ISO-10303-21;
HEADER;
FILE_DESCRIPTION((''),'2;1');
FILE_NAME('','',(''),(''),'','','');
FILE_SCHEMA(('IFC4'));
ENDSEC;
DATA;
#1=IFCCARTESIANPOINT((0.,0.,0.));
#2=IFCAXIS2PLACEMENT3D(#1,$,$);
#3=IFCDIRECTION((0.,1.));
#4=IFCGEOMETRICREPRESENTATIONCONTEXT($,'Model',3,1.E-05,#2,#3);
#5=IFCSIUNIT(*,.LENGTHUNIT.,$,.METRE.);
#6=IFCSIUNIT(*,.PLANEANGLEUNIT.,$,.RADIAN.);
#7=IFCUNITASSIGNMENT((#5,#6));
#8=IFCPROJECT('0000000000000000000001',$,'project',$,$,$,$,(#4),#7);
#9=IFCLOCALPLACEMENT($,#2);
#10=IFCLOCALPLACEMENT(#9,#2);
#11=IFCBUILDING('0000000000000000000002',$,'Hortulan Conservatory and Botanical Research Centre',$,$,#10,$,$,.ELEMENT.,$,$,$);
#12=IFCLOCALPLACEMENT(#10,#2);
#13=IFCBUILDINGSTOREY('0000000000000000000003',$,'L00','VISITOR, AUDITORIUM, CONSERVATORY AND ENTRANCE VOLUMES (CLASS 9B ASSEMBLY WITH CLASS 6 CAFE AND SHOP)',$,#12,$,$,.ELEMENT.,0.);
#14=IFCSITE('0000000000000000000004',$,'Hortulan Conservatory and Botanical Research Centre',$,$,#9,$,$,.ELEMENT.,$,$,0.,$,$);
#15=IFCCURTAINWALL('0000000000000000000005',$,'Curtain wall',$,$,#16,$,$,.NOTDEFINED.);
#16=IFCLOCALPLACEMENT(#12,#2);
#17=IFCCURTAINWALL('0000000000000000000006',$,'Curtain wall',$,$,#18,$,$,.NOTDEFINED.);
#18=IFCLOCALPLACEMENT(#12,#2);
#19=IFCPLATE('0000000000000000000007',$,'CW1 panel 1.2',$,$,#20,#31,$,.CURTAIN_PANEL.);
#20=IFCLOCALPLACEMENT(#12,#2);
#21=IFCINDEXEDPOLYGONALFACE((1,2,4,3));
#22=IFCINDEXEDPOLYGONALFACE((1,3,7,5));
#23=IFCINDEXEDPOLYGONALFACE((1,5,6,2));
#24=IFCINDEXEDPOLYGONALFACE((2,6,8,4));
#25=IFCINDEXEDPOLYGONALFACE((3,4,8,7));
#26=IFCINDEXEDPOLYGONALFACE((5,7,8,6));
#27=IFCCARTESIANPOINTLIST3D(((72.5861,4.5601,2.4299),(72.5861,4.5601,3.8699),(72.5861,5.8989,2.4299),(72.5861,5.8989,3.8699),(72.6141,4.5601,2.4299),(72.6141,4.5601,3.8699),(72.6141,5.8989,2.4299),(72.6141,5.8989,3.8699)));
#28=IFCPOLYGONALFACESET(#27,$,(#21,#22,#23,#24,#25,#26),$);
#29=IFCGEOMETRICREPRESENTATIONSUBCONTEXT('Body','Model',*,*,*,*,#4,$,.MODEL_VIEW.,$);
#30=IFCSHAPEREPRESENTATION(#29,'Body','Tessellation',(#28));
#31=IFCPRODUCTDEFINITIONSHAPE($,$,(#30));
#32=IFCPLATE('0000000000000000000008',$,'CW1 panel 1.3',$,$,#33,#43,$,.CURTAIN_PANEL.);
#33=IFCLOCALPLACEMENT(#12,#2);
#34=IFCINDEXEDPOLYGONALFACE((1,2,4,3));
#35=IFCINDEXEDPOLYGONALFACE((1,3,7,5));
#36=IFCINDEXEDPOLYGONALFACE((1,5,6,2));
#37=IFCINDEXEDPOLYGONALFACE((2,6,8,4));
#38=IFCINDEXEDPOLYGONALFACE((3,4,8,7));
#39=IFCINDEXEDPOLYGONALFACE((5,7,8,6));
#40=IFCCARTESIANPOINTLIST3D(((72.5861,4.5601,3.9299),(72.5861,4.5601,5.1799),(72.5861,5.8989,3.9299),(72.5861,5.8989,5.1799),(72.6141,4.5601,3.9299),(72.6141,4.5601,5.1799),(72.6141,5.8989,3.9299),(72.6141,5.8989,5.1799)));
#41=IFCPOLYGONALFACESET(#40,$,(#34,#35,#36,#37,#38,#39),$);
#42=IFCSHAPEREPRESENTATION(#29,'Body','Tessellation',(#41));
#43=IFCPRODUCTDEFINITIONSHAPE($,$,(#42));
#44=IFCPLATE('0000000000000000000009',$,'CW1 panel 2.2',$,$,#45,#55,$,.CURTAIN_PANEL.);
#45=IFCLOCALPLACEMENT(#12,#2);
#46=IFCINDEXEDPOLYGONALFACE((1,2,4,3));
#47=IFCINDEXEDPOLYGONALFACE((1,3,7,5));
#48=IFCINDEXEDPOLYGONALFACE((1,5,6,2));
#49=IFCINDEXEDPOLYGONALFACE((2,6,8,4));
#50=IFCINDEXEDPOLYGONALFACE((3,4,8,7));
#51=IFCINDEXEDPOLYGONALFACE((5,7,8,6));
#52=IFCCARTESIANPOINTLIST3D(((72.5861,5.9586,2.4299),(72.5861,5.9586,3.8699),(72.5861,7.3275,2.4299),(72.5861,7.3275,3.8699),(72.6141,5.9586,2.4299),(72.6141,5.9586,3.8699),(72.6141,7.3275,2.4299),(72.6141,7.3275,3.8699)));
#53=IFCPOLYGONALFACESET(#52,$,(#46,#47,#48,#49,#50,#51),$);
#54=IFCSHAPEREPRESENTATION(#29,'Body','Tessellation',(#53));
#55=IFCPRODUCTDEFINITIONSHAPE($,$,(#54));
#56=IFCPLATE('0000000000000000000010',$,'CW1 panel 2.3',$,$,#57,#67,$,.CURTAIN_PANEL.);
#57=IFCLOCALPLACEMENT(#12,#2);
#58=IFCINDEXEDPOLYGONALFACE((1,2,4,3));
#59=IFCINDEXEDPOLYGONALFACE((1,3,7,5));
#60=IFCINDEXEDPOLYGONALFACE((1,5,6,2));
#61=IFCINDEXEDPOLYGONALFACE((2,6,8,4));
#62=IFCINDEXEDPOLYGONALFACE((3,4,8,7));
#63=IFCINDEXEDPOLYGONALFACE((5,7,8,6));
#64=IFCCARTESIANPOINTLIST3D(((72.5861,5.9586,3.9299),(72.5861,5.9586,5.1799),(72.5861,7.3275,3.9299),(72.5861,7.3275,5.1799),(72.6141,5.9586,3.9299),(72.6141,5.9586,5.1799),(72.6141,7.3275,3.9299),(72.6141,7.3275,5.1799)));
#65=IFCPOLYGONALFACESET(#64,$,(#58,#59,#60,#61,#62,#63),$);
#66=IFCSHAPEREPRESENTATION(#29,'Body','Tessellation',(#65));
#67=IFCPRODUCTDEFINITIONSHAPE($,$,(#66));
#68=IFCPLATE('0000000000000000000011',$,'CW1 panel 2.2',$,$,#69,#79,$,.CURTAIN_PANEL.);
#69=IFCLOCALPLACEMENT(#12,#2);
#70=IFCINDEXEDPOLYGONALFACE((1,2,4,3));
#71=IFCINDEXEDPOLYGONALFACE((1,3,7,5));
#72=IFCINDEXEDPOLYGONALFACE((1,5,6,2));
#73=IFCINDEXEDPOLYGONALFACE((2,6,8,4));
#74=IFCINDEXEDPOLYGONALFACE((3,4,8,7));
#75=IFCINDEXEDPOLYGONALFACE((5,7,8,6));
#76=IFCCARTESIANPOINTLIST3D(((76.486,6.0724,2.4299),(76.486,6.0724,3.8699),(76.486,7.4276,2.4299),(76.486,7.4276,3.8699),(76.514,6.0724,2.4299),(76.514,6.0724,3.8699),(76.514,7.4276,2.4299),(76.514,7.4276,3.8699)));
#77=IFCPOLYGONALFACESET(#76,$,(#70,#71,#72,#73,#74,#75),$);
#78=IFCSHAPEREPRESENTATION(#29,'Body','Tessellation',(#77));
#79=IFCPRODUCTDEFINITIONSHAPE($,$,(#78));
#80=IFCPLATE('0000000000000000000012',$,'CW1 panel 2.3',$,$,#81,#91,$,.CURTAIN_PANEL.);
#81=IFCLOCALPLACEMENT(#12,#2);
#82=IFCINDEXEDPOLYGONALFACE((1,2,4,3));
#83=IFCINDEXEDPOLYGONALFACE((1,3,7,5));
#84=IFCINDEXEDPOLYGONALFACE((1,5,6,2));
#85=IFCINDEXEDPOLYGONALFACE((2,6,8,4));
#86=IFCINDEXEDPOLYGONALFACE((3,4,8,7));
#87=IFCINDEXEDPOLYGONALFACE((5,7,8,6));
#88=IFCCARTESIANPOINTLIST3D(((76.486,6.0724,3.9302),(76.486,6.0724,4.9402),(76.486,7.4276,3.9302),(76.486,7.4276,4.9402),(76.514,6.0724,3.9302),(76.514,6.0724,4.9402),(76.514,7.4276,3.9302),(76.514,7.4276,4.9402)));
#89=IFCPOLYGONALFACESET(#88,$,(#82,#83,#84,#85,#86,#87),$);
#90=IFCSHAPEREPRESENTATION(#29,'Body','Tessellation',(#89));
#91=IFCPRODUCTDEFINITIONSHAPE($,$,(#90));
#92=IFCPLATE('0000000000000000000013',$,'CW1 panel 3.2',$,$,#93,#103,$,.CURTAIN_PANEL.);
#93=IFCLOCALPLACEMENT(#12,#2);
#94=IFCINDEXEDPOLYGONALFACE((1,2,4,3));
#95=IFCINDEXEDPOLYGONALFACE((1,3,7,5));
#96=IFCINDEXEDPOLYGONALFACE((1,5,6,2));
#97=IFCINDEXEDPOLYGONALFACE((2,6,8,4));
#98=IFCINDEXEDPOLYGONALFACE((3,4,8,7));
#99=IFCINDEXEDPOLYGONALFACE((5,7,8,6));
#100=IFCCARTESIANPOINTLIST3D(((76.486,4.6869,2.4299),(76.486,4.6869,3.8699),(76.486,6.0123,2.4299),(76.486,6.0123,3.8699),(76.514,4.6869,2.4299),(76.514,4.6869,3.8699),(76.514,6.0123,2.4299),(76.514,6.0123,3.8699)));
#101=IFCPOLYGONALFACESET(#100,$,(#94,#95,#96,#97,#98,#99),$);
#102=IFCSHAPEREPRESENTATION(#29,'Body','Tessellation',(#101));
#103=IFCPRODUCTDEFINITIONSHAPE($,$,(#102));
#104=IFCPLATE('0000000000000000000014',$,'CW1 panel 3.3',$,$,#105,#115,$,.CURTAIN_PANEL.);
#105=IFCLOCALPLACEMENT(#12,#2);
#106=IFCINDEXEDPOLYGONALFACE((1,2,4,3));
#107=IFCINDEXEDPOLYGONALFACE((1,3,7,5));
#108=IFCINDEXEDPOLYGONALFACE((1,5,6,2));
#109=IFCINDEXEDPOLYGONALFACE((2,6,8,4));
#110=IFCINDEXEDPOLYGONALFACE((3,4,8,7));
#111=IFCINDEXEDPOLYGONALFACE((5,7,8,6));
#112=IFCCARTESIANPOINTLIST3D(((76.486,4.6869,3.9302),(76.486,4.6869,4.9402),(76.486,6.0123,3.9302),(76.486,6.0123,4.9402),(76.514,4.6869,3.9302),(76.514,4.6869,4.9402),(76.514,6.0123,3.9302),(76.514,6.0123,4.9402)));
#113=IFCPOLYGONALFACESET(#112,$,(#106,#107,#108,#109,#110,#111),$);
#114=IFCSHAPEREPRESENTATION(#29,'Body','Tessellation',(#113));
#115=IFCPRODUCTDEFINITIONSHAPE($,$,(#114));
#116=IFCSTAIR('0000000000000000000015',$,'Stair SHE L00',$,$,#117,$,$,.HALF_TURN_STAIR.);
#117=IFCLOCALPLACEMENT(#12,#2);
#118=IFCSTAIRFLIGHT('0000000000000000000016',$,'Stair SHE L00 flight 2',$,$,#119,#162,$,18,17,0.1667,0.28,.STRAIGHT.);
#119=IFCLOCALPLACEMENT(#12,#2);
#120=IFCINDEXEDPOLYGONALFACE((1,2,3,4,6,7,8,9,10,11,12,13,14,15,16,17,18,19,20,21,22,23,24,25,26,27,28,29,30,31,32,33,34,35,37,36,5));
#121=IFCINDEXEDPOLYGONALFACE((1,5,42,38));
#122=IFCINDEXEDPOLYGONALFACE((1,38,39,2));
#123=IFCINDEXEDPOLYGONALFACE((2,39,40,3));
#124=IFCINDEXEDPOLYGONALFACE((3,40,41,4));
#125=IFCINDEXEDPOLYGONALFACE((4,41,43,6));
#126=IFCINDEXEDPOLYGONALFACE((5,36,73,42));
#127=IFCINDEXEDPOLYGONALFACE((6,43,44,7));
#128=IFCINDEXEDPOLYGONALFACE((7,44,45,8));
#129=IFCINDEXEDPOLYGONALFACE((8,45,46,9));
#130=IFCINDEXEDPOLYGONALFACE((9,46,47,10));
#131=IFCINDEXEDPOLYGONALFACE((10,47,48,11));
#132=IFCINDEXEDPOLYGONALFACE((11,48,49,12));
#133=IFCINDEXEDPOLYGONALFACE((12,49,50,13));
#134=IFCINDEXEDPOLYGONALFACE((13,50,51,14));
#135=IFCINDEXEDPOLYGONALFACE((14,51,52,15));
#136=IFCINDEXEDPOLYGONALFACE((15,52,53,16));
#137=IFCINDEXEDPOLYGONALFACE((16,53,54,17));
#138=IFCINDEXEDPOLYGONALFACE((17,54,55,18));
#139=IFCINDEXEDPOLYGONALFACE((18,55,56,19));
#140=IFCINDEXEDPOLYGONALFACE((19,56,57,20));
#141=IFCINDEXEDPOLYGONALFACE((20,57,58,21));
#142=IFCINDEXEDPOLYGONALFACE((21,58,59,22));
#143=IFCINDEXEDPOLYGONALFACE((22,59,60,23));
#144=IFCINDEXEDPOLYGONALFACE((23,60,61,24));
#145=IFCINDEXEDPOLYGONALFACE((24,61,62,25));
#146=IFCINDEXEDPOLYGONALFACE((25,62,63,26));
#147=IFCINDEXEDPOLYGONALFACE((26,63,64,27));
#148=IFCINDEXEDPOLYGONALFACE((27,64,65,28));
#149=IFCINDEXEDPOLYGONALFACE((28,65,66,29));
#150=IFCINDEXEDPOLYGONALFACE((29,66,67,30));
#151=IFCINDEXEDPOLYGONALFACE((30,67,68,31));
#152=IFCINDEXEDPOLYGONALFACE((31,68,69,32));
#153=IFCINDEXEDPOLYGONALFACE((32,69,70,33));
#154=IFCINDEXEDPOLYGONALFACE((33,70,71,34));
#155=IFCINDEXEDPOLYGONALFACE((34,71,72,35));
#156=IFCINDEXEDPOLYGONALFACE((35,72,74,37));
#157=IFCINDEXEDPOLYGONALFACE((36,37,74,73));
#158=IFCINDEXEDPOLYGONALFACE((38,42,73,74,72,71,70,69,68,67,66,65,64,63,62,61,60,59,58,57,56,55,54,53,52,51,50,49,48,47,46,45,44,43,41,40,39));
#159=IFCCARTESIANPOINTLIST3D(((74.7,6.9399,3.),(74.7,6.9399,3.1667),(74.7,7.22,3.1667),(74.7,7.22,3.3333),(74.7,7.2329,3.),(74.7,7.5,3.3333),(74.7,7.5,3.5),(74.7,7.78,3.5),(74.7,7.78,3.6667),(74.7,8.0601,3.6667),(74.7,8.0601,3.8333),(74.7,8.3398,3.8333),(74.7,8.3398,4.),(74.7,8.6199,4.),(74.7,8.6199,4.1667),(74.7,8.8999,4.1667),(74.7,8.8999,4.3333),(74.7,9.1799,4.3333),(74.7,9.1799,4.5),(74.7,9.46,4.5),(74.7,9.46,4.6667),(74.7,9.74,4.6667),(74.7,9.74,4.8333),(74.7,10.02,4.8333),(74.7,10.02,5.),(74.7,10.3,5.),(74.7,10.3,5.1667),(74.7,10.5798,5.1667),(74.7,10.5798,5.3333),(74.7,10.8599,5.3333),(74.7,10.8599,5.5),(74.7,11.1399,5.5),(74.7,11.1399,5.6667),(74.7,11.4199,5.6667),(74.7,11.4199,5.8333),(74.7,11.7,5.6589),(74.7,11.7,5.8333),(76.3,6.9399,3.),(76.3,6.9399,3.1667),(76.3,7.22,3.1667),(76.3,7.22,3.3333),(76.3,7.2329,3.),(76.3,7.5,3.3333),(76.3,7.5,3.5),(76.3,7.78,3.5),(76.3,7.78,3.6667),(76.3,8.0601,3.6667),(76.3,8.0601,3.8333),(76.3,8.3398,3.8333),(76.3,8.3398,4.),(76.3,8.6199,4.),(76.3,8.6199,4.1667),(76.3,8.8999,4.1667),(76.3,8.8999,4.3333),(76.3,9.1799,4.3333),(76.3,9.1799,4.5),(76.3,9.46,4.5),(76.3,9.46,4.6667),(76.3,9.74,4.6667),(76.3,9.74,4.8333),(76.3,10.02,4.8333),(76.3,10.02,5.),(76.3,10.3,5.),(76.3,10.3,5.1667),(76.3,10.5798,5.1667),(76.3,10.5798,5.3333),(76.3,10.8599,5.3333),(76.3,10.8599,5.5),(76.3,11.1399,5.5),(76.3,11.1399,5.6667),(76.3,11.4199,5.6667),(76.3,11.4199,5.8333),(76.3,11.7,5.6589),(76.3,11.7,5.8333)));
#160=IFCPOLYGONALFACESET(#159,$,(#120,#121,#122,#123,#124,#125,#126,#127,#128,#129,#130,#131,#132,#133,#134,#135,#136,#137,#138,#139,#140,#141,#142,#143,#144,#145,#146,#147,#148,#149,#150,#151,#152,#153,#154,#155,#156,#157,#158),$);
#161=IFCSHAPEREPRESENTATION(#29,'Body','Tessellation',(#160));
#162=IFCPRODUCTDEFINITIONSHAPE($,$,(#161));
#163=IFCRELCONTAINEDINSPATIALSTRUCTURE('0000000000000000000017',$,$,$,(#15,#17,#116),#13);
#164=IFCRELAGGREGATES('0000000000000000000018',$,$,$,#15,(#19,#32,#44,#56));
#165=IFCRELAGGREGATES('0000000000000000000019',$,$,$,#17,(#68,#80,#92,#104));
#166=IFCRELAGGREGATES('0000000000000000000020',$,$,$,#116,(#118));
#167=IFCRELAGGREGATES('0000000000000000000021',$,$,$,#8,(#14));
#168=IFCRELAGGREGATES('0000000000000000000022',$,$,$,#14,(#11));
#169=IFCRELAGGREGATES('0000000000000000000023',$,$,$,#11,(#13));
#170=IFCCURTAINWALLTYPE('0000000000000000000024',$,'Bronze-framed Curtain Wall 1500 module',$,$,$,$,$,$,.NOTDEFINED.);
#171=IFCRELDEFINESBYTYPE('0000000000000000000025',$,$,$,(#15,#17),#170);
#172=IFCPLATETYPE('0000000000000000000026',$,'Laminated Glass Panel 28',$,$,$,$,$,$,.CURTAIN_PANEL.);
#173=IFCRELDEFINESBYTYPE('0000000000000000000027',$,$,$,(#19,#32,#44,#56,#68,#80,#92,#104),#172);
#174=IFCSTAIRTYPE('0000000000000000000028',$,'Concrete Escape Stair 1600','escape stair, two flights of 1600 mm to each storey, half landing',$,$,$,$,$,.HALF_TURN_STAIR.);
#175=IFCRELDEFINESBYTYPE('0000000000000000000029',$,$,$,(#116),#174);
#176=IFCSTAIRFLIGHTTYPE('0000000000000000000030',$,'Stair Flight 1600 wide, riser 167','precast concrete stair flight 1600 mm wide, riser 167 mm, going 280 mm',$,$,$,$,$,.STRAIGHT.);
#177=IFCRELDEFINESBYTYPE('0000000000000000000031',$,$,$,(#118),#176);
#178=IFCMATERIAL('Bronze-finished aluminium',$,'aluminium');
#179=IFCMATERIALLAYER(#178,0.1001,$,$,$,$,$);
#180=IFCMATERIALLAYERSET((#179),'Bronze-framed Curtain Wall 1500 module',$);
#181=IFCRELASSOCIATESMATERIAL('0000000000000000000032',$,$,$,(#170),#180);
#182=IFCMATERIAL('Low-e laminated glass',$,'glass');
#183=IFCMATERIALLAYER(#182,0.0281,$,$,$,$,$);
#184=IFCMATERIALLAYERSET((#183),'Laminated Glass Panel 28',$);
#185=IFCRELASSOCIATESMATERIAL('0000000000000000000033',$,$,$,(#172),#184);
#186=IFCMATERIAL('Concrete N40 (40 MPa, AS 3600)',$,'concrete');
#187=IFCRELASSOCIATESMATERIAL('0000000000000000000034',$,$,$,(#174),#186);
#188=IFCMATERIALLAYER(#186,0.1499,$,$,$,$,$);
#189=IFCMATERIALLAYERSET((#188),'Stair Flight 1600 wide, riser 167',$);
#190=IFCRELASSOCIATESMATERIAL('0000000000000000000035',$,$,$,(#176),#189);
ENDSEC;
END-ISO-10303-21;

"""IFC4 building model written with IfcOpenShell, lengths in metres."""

from ifc_helpers import new_model, si_unit, direction, frame, origin, origin_2d, place, context, subcontext, project, spatial, polyline, rectangle, outline, extrude, material, layer, layer_set, type_object, element, aggregate, save


model = new_model("IFC4")

# Units and contexts
model_context = context("Model", 3, precision=1e-05, world=origin(), true_north=direction((0.0, 1.0)))
body_context = subcontext(model_context, "Body", "Model", "MODEL_VIEW")
ifc_project = project(units=[si_unit("LENGTHUNIT", "METRE"), si_unit("PLANEANGLEUNIT", "RADIAN")], contexts=[model_context])

# Site, building, storey
site_placement = place(None, origin())
site = spatial("IfcSite", under=ifc_project, at=site_placement, Name="Hortulan Conservatory and Botanical Research Centre", CompositionType="ELEMENT", RefElevation=0.0)
building_placement = place(site_placement, origin())
building = spatial("IfcBuilding", under=site, at=building_placement, Name="Hortulan Conservatory and Botanical Research Centre", CompositionType="ELEMENT")
storey_placement = place(building_placement, origin())
storey = spatial("IfcBuildingStorey", under=building, at=storey_placement, Name="L00", Description="VISITOR, AUDITORIUM, CONSERVATORY AND ENTRANCE VOLUMES (CLASS 9B ASSEMBLY WITH CLASS 6 CAFE AND SHOP)", CompositionType="ELEMENT", Elevation=0.0)

# Curtain walls
ifc_material_1 = material(Name="Bronze-finished aluminium", Category="aluminium")
ifc_layer_1 = layer(ifc_material_1, 0.1001)
ifc_layer_set_1 = layer_set([ifc_layer_1], Name="Bronze-framed Curtain Wall 1500 module")
curtain_wall_type = type_object("IfcCurtainWallType", Name="Bronze-framed Curtain Wall 1500 module", PredefinedType="NOTDEFINED", material=ifc_layer_set_1)
curtain_wall_1_placement = place(storey_placement, origin())
curtain_wall_1 = element("IfcCurtainWall", 1, at=curtain_wall_1_placement, inside=storey, type_object=curtain_wall_type, Name="Curtain wall", PredefinedType="NOTDEFINED")
curtain_wall_2_placement = place(storey_placement, origin())
curtain_wall_2 = element("IfcCurtainWall", 2, at=curtain_wall_2_placement, inside=storey, type_object=curtain_wall_type, Name="Curtain wall", PredefinedType="NOTDEFINED")

# Plates
ifc_material_2 = material(Name="Low-e laminated glass", Category="glass")
ifc_layer_2 = layer(ifc_material_2, 0.0281)
ifc_layer_set_2 = layer_set([ifc_layer_2], Name="Laminated Glass Panel 28")
plate_type_1 = type_object("IfcPlateType", Name="Laminated Glass Panel 28", PredefinedType="CURTAIN_PANEL", material=ifc_layer_set_2)
plate_1_placement = place(storey_placement, frame((72.6001, 5.2295, 2.4299), z_axis=(0.0, 0.0, 1.0), x_axis=(0.0, 1.0, 0.0)))
plate_1 = element("IfcPlate", 3, at=plate_1_placement, type_object=plate_type_1, Name="CW1 panel 1.2", PredefinedType="CURTAIN_PANEL", context=body_context, shape_type="SweptSolid", body=[
    extrude(rectangle(XDim=1.3389, YDim=0.0281, at=origin_2d()), origin(), (0.0, 0.0, 1.0), 1.4399),
])
plate_2_placement = place(storey_placement, frame((72.6001, 5.2295, 3.9299), z_axis=(0.0, 0.0, 1.0), x_axis=(0.0, 1.0, 0.0)))
plate_2 = element("IfcPlate", 4, at=plate_2_placement, type_object=plate_type_1, Name="CW1 panel 1.3", PredefinedType="CURTAIN_PANEL", context=body_context, shape_type="SweptSolid", body=[
    extrude(rectangle(XDim=1.3389, YDim=0.0281, at=origin_2d()), origin(), (0.0, 0.0, 1.0), 1.25),
])
plate_3_placement = place(storey_placement, frame((72.6001, 6.6431, 2.4299), z_axis=(0.0, 0.0, 1.0), x_axis=(0.0, 1.0, 0.0)))
plate_3 = element("IfcPlate", 5, at=plate_3_placement, type_object=plate_type_1, Name="CW1 panel 2.2", PredefinedType="CURTAIN_PANEL", context=body_context, shape_type="SweptSolid", body=[
    extrude(rectangle(XDim=1.3689, YDim=0.0281, at=origin_2d()), origin(), (0.0, 0.0, 1.0), 1.4399),
])
plate_4_placement = place(storey_placement, frame((72.6001, 6.6431, 3.9299), z_axis=(0.0, 0.0, 1.0), x_axis=(0.0, 1.0, 0.0)))
plate_4 = element("IfcPlate", 6, at=plate_4_placement, type_object=plate_type_1, Name="CW1 panel 2.3", PredefinedType="CURTAIN_PANEL", context=body_context, shape_type="SweptSolid", body=[
    extrude(rectangle(XDim=1.3689, YDim=0.0281, at=origin_2d()), origin(), (0.0, 0.0, 1.0), 1.25),
])
aggregate(curtain_wall_1, [plate_1, plate_2, plate_3, plate_4])
plate_5_placement = place(storey_placement, frame((76.5, 6.75, 2.4299), z_axis=(0.0, 0.0, 1.0), x_axis=(0.0, -1.0, 0.0)))
plate_5 = element("IfcPlate", 7, at=plate_5_placement, type_object=plate_type_1, Name="CW1 panel 2.2", PredefinedType="CURTAIN_PANEL", context=body_context, shape_type="SweptSolid", body=[
    extrude(rectangle(XDim=1.3552, YDim=0.0281, at=origin_2d()), origin(), (0.0, 0.0, 1.0), 1.4399),
])
plate_6_placement = place(storey_placement, frame((76.5, 6.75, 3.9302), z_axis=(0.0, 0.0, 1.0), x_axis=(0.0, -1.0, 0.0)))
plate_6 = element("IfcPlate", 8, at=plate_6_placement, type_object=plate_type_1, Name="CW1 panel 2.3", PredefinedType="CURTAIN_PANEL", context=body_context, shape_type="SweptSolid", body=[
    extrude(rectangle(XDim=1.3552, YDim=0.0281, at=origin_2d()), origin(), (0.0, 0.0, 1.0), 1.01),
])
plate_7_placement = place(storey_placement, frame((76.5, 5.3496, 2.4299), z_axis=(0.0, 0.0, 1.0), x_axis=(0.0, -1.0, 0.0)))
plate_7 = element("IfcPlate", 9, at=plate_7_placement, type_object=plate_type_1, Name="CW1 panel 3.2", PredefinedType="CURTAIN_PANEL", context=body_context, shape_type="SweptSolid", body=[
    extrude(rectangle(XDim=1.3254, YDim=0.0281, at=origin_2d()), origin(), (0.0, 0.0, 1.0), 1.4399),
])
plate_8_placement = place(storey_placement, frame((76.5, 5.3496, 3.9302), z_axis=(0.0, 0.0, 1.0), x_axis=(0.0, -1.0, 0.0)))
plate_8 = element("IfcPlate", 10, at=plate_8_placement, type_object=plate_type_1, Name="CW1 panel 3.3", PredefinedType="CURTAIN_PANEL", context=body_context, shape_type="SweptSolid", body=[
    extrude(rectangle(XDim=1.3254, YDim=0.0281, at=origin_2d()), origin(), (0.0, 0.0, 1.0), 1.01),
])
aggregate(curtain_wall_2, [plate_5, plate_6, plate_7, plate_8])

# Stair, stair flight
ifc_material_3 = material(Name="Concrete N40 (40 MPa, AS 3600)", Category="concrete")
stair_type = type_object("IfcStairType", Name="Concrete Escape Stair 1600", Description="escape stair, two flights of 1600 mm to each storey, half landing", PredefinedType="HALF_TURN_STAIR", material=ifc_material_3)
stair_placement = place(storey_placement, origin())
stair = element("IfcStair", 11, at=stair_placement, inside=storey, type_object=stair_type, Name="Stair SHE L00", PredefinedType="HALF_TURN_STAIR")
ifc_layer_3 = layer(ifc_material_3, 0.1499)
ifc_layer_set_3 = layer_set([ifc_layer_3], Name="Stair Flight 1600 wide, riser 167")
stair_flight_type = type_object("IfcStairFlightType", Name="Stair Flight 1600 wide, riser 167", Description="precast concrete stair flight 1600 mm wide, riser 167 mm, going 280 mm", PredefinedType="STRAIGHT", material=ifc_layer_set_3)
stair_flight_placement = place(storey_placement, frame((75.5, 6.9399, 3.0), z_axis=(0.0, 0.0, 1.0), x_axis=(0.0, 1.0, 0.0)))
stair_flight = element("IfcStairFlight", 12, at=stair_flight_placement, type_object=stair_flight_type, Name="Stair SHE L00 flight 2", NumberOfRisers=18, NumberOfTreads=17, PredefinedType="STRAIGHT", RiserHeight=0.1667, TreadLength=0.28, context=body_context, shape_type="SweptSolid", body=[
    extrude(outline(polyline([(0.0, 0.0), (0.0, 0.1667), (0.28, 0.1667), (0.28, 0.3333), (0.5601, 0.3333), (0.5601, 0.5), (0.8401, 0.5), (0.8401, 0.6667), (1.1201, 0.6667), (1.1201, 0.8333), (1.3999, 0.8333), (1.3999, 1.0), (1.6799, 1.0), (1.6799, 1.1667), (1.96, 1.1667), (1.96, 1.3333), (2.24, 1.3333), (2.24, 1.5), (2.52, 1.5), (2.52, 1.6667), (2.8, 1.6667), (2.8, 1.8333), (3.0801, 1.8333), (3.0801, 2.0), (3.3601, 2.0), (3.3601, 2.1667), (3.6399, 2.1667), (3.6399, 2.3333), (3.9199, 2.3333), (3.9199, 2.5), (4.2, 2.5), (4.2, 2.6667), (4.48, 2.6667), (4.48, 2.8333), (4.76, 2.8333), (4.76, 3.0), (4.76, 2.6589), (0.293, 0.0), (0.0, 0.0)])), frame((0.0, 0.8, 0.0), z_axis=(0.0, -1.0, 0.0), x_axis=(1.0, 0.0, 0.0)), (0.0, 0.0, 1.0), 1.6001),
])
aggregate(stair, [stair_flight])

save(model, "model.ifc")
